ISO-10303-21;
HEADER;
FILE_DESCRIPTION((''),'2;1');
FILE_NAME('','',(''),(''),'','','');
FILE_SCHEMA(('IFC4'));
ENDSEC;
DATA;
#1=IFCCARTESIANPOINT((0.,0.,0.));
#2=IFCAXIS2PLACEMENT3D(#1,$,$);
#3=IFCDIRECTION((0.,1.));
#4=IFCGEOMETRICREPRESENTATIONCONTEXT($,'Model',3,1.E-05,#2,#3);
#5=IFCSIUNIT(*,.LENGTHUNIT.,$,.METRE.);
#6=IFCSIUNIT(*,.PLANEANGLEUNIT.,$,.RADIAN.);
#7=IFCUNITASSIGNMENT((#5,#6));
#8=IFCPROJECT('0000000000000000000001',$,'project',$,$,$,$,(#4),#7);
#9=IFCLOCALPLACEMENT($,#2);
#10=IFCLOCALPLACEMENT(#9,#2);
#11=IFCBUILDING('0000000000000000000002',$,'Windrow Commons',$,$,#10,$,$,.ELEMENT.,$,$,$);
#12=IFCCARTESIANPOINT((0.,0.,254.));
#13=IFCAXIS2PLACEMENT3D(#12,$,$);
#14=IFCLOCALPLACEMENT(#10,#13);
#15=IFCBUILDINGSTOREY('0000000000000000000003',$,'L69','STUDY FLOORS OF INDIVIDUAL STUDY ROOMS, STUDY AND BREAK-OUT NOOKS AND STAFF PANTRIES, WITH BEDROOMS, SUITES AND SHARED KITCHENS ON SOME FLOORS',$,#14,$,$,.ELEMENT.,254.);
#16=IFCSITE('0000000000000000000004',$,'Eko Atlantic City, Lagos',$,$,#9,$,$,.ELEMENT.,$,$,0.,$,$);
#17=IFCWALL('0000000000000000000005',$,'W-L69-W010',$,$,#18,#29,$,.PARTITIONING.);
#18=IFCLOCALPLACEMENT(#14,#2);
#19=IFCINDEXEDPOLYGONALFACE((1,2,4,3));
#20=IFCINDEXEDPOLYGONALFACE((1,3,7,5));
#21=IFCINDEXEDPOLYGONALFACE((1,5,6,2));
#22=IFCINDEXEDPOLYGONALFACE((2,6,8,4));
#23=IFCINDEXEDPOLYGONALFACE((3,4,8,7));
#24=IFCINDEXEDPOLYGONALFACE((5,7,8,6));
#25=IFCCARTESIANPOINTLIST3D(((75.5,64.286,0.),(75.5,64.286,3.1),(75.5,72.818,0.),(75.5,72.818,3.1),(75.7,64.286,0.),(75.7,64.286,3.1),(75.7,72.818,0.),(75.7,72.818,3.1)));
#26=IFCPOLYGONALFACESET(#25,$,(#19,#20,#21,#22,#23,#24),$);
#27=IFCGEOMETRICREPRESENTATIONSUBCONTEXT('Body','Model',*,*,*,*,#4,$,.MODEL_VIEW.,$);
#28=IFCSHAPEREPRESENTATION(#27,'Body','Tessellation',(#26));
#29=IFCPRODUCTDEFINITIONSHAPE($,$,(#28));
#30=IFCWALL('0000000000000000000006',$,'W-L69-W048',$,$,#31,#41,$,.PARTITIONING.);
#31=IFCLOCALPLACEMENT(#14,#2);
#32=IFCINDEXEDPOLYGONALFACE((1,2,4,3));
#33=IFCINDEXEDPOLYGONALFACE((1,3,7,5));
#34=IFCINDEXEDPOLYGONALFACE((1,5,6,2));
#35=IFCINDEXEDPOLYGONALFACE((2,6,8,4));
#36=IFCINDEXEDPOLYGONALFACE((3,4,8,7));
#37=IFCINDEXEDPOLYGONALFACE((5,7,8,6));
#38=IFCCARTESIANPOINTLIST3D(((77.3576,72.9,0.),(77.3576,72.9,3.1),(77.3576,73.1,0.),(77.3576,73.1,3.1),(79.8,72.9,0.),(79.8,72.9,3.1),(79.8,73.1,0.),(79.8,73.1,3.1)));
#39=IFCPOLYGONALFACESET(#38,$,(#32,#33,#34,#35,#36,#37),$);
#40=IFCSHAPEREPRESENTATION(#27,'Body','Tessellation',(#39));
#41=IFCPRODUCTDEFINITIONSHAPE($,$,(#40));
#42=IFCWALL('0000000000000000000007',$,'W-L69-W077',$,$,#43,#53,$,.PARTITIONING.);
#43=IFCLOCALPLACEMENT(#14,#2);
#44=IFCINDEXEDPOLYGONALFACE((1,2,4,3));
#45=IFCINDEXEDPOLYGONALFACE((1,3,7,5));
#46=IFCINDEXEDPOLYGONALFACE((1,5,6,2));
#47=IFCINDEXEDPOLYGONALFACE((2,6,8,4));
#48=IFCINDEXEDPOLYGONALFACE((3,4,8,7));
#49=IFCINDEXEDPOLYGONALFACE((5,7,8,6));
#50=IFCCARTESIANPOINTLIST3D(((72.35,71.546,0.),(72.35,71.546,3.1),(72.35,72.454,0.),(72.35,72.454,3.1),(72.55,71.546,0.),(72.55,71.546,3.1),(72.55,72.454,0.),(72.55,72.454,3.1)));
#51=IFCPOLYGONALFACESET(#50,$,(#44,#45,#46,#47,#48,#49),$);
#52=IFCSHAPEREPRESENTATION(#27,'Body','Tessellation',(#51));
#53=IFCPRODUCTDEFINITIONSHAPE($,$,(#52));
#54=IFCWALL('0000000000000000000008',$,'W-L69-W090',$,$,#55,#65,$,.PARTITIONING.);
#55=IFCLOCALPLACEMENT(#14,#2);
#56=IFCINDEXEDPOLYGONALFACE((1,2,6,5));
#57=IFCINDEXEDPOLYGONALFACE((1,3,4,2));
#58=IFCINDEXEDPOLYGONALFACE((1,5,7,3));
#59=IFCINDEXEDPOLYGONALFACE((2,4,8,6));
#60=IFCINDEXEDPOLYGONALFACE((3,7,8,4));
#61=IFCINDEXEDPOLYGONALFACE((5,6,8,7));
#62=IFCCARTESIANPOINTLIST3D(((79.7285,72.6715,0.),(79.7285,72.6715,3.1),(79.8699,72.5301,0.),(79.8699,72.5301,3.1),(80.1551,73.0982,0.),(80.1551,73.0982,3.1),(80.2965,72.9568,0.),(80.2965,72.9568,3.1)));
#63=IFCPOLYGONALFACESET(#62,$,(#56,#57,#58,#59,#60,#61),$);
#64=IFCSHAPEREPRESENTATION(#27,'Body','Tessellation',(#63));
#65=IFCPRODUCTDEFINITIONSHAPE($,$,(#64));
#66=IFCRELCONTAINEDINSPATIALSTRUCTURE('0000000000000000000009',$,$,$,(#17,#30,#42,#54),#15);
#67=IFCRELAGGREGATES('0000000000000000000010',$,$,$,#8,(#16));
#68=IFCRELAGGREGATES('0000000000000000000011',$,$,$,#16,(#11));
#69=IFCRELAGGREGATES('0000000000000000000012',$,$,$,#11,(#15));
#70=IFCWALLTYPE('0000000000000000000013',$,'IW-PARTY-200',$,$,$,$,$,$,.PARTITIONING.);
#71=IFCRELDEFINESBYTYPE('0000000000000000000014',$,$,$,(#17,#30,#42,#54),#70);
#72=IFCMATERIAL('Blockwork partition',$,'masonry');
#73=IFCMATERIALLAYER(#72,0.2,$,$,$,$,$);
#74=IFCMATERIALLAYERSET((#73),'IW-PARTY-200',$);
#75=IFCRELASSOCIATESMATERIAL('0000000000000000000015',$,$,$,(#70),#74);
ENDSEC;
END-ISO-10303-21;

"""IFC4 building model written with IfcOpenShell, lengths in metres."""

from ifc_helpers import new_model, si_unit, direction, frame, frame_2d, origin, place, context, subcontext, project, spatial, rectangle, extrude, material, layer, layer_set, type_object, element, save


model = new_model("IFC4")

# Units and contexts
model_context = context("Model", 3, precision=1e-05, world=origin(), true_north=direction((0.0, 1.0)))
body_context = subcontext(model_context, "Body", "Model", "MODEL_VIEW")
ifc_project = project(units=[si_unit("LENGTHUNIT", "METRE"), si_unit("PLANEANGLEUNIT", "RADIAN")], contexts=[model_context])

# Site, building, storey
site_placement = place(None, origin())
site = spatial("IfcSite", under=ifc_project, at=site_placement, Name="Eko Atlantic City, Lagos", CompositionType="ELEMENT", RefElevation=0.0)
building_placement = place(site_placement, origin())
building = spatial("IfcBuilding", under=site, at=building_placement, Name="Windrow Commons", CompositionType="ELEMENT")
storey_placement = place(building_placement, frame((0.0, 0.0, 254.0)))
storey = spatial("IfcBuildingStorey", under=building, at=storey_placement, Name="L69", Description="STUDY FLOORS OF INDIVIDUAL STUDY ROOMS, STUDY AND BREAK-OUT NOOKS AND STAFF PANTRIES, WITH BEDROOMS, SUITES AND SHARED KITCHENS ON SOME FLOORS", CompositionType="ELEMENT", Elevation=254.0)

# Walls
ifc_material_1 = material(Name="Blockwork partition", Category="masonry")
ifc_layer_1 = layer(ifc_material_1, 0.2)
ifc_layer_set_1 = layer_set([ifc_layer_1], Name="IW-PARTY-200")
wall_type_1 = type_object("IfcWallType", Name="IW-PARTY-200", PredefinedType="PARTITIONING", material=ifc_layer_set_1)
wall_1_placement = place(storey_placement, frame((75.6, 64.286, 0.0), z_axis=(0.0, 0.0, 1.0), x_axis=(0.0, 1.0, 0.0)))
element("IfcWall", 1, at=wall_1_placement, inside=storey, type_object=wall_type_1, Name="W-L69-W010", PredefinedType="PARTITIONING", context=body_context, shape_type="SweptSolid", body=[
    extrude(rectangle(XDim=8.5319, YDim=0.2, at=frame_2d((4.266, 0.0))), origin(), (0.0, 0.0, 1.0), 3.1),
])
wall_2_placement = place(storey_placement, frame((77.3577, 73.0, 0.0), z_axis=(0.0, 0.0, 1.0), x_axis=(1.0, 0.0, 0.0)))
element("IfcWall", 2, at=wall_2_placement, inside=storey, type_object=wall_type_1, Name="W-L69-W048", PredefinedType="PARTITIONING", context=body_context, shape_type="SweptSolid", body=[
    extrude(rectangle(XDim=2.4423, YDim=0.2, at=frame_2d((1.2211, 0.0))), origin(), (0.0, 0.0, 1.0), 3.1),
])
wall_3_placement = place(storey_placement, frame((72.45, 71.546, 0.0), z_axis=(0.0, 0.0, 1.0), x_axis=(0.0, 1.0, 0.0)))
element("IfcWall", 3, at=wall_3_placement, inside=storey, type_object=wall_type_1, Name="W-L69-W077", PredefinedType="PARTITIONING", context=body_context, shape_type="SweptSolid", body=[
    extrude(rectangle(XDim=0.908, YDim=0.2, at=frame_2d((0.454, 0.0))), origin(), (0.0, 0.0, 1.0), 3.1),
])
wall_4_placement = place(storey_placement, frame((79.7992, 72.6008, 0.0), z_axis=(0.0, 0.0, 1.0), x_axis=(0.707024, 0.70719, 0.0)))
element("IfcWall", 4, at=wall_4_placement, inside=storey, type_object=wall_type_1, Name="W-L69-W090", PredefinedType="PARTITIONING", context=body_context, shape_type="SweptSolid", body=[
    extrude(rectangle(XDim=0.6034, YDim=0.2, at=frame_2d((0.3017, 0.0))), origin(), (0.0, 0.0, 1.0), 3.1),
])

save(model, "model.ifc")
